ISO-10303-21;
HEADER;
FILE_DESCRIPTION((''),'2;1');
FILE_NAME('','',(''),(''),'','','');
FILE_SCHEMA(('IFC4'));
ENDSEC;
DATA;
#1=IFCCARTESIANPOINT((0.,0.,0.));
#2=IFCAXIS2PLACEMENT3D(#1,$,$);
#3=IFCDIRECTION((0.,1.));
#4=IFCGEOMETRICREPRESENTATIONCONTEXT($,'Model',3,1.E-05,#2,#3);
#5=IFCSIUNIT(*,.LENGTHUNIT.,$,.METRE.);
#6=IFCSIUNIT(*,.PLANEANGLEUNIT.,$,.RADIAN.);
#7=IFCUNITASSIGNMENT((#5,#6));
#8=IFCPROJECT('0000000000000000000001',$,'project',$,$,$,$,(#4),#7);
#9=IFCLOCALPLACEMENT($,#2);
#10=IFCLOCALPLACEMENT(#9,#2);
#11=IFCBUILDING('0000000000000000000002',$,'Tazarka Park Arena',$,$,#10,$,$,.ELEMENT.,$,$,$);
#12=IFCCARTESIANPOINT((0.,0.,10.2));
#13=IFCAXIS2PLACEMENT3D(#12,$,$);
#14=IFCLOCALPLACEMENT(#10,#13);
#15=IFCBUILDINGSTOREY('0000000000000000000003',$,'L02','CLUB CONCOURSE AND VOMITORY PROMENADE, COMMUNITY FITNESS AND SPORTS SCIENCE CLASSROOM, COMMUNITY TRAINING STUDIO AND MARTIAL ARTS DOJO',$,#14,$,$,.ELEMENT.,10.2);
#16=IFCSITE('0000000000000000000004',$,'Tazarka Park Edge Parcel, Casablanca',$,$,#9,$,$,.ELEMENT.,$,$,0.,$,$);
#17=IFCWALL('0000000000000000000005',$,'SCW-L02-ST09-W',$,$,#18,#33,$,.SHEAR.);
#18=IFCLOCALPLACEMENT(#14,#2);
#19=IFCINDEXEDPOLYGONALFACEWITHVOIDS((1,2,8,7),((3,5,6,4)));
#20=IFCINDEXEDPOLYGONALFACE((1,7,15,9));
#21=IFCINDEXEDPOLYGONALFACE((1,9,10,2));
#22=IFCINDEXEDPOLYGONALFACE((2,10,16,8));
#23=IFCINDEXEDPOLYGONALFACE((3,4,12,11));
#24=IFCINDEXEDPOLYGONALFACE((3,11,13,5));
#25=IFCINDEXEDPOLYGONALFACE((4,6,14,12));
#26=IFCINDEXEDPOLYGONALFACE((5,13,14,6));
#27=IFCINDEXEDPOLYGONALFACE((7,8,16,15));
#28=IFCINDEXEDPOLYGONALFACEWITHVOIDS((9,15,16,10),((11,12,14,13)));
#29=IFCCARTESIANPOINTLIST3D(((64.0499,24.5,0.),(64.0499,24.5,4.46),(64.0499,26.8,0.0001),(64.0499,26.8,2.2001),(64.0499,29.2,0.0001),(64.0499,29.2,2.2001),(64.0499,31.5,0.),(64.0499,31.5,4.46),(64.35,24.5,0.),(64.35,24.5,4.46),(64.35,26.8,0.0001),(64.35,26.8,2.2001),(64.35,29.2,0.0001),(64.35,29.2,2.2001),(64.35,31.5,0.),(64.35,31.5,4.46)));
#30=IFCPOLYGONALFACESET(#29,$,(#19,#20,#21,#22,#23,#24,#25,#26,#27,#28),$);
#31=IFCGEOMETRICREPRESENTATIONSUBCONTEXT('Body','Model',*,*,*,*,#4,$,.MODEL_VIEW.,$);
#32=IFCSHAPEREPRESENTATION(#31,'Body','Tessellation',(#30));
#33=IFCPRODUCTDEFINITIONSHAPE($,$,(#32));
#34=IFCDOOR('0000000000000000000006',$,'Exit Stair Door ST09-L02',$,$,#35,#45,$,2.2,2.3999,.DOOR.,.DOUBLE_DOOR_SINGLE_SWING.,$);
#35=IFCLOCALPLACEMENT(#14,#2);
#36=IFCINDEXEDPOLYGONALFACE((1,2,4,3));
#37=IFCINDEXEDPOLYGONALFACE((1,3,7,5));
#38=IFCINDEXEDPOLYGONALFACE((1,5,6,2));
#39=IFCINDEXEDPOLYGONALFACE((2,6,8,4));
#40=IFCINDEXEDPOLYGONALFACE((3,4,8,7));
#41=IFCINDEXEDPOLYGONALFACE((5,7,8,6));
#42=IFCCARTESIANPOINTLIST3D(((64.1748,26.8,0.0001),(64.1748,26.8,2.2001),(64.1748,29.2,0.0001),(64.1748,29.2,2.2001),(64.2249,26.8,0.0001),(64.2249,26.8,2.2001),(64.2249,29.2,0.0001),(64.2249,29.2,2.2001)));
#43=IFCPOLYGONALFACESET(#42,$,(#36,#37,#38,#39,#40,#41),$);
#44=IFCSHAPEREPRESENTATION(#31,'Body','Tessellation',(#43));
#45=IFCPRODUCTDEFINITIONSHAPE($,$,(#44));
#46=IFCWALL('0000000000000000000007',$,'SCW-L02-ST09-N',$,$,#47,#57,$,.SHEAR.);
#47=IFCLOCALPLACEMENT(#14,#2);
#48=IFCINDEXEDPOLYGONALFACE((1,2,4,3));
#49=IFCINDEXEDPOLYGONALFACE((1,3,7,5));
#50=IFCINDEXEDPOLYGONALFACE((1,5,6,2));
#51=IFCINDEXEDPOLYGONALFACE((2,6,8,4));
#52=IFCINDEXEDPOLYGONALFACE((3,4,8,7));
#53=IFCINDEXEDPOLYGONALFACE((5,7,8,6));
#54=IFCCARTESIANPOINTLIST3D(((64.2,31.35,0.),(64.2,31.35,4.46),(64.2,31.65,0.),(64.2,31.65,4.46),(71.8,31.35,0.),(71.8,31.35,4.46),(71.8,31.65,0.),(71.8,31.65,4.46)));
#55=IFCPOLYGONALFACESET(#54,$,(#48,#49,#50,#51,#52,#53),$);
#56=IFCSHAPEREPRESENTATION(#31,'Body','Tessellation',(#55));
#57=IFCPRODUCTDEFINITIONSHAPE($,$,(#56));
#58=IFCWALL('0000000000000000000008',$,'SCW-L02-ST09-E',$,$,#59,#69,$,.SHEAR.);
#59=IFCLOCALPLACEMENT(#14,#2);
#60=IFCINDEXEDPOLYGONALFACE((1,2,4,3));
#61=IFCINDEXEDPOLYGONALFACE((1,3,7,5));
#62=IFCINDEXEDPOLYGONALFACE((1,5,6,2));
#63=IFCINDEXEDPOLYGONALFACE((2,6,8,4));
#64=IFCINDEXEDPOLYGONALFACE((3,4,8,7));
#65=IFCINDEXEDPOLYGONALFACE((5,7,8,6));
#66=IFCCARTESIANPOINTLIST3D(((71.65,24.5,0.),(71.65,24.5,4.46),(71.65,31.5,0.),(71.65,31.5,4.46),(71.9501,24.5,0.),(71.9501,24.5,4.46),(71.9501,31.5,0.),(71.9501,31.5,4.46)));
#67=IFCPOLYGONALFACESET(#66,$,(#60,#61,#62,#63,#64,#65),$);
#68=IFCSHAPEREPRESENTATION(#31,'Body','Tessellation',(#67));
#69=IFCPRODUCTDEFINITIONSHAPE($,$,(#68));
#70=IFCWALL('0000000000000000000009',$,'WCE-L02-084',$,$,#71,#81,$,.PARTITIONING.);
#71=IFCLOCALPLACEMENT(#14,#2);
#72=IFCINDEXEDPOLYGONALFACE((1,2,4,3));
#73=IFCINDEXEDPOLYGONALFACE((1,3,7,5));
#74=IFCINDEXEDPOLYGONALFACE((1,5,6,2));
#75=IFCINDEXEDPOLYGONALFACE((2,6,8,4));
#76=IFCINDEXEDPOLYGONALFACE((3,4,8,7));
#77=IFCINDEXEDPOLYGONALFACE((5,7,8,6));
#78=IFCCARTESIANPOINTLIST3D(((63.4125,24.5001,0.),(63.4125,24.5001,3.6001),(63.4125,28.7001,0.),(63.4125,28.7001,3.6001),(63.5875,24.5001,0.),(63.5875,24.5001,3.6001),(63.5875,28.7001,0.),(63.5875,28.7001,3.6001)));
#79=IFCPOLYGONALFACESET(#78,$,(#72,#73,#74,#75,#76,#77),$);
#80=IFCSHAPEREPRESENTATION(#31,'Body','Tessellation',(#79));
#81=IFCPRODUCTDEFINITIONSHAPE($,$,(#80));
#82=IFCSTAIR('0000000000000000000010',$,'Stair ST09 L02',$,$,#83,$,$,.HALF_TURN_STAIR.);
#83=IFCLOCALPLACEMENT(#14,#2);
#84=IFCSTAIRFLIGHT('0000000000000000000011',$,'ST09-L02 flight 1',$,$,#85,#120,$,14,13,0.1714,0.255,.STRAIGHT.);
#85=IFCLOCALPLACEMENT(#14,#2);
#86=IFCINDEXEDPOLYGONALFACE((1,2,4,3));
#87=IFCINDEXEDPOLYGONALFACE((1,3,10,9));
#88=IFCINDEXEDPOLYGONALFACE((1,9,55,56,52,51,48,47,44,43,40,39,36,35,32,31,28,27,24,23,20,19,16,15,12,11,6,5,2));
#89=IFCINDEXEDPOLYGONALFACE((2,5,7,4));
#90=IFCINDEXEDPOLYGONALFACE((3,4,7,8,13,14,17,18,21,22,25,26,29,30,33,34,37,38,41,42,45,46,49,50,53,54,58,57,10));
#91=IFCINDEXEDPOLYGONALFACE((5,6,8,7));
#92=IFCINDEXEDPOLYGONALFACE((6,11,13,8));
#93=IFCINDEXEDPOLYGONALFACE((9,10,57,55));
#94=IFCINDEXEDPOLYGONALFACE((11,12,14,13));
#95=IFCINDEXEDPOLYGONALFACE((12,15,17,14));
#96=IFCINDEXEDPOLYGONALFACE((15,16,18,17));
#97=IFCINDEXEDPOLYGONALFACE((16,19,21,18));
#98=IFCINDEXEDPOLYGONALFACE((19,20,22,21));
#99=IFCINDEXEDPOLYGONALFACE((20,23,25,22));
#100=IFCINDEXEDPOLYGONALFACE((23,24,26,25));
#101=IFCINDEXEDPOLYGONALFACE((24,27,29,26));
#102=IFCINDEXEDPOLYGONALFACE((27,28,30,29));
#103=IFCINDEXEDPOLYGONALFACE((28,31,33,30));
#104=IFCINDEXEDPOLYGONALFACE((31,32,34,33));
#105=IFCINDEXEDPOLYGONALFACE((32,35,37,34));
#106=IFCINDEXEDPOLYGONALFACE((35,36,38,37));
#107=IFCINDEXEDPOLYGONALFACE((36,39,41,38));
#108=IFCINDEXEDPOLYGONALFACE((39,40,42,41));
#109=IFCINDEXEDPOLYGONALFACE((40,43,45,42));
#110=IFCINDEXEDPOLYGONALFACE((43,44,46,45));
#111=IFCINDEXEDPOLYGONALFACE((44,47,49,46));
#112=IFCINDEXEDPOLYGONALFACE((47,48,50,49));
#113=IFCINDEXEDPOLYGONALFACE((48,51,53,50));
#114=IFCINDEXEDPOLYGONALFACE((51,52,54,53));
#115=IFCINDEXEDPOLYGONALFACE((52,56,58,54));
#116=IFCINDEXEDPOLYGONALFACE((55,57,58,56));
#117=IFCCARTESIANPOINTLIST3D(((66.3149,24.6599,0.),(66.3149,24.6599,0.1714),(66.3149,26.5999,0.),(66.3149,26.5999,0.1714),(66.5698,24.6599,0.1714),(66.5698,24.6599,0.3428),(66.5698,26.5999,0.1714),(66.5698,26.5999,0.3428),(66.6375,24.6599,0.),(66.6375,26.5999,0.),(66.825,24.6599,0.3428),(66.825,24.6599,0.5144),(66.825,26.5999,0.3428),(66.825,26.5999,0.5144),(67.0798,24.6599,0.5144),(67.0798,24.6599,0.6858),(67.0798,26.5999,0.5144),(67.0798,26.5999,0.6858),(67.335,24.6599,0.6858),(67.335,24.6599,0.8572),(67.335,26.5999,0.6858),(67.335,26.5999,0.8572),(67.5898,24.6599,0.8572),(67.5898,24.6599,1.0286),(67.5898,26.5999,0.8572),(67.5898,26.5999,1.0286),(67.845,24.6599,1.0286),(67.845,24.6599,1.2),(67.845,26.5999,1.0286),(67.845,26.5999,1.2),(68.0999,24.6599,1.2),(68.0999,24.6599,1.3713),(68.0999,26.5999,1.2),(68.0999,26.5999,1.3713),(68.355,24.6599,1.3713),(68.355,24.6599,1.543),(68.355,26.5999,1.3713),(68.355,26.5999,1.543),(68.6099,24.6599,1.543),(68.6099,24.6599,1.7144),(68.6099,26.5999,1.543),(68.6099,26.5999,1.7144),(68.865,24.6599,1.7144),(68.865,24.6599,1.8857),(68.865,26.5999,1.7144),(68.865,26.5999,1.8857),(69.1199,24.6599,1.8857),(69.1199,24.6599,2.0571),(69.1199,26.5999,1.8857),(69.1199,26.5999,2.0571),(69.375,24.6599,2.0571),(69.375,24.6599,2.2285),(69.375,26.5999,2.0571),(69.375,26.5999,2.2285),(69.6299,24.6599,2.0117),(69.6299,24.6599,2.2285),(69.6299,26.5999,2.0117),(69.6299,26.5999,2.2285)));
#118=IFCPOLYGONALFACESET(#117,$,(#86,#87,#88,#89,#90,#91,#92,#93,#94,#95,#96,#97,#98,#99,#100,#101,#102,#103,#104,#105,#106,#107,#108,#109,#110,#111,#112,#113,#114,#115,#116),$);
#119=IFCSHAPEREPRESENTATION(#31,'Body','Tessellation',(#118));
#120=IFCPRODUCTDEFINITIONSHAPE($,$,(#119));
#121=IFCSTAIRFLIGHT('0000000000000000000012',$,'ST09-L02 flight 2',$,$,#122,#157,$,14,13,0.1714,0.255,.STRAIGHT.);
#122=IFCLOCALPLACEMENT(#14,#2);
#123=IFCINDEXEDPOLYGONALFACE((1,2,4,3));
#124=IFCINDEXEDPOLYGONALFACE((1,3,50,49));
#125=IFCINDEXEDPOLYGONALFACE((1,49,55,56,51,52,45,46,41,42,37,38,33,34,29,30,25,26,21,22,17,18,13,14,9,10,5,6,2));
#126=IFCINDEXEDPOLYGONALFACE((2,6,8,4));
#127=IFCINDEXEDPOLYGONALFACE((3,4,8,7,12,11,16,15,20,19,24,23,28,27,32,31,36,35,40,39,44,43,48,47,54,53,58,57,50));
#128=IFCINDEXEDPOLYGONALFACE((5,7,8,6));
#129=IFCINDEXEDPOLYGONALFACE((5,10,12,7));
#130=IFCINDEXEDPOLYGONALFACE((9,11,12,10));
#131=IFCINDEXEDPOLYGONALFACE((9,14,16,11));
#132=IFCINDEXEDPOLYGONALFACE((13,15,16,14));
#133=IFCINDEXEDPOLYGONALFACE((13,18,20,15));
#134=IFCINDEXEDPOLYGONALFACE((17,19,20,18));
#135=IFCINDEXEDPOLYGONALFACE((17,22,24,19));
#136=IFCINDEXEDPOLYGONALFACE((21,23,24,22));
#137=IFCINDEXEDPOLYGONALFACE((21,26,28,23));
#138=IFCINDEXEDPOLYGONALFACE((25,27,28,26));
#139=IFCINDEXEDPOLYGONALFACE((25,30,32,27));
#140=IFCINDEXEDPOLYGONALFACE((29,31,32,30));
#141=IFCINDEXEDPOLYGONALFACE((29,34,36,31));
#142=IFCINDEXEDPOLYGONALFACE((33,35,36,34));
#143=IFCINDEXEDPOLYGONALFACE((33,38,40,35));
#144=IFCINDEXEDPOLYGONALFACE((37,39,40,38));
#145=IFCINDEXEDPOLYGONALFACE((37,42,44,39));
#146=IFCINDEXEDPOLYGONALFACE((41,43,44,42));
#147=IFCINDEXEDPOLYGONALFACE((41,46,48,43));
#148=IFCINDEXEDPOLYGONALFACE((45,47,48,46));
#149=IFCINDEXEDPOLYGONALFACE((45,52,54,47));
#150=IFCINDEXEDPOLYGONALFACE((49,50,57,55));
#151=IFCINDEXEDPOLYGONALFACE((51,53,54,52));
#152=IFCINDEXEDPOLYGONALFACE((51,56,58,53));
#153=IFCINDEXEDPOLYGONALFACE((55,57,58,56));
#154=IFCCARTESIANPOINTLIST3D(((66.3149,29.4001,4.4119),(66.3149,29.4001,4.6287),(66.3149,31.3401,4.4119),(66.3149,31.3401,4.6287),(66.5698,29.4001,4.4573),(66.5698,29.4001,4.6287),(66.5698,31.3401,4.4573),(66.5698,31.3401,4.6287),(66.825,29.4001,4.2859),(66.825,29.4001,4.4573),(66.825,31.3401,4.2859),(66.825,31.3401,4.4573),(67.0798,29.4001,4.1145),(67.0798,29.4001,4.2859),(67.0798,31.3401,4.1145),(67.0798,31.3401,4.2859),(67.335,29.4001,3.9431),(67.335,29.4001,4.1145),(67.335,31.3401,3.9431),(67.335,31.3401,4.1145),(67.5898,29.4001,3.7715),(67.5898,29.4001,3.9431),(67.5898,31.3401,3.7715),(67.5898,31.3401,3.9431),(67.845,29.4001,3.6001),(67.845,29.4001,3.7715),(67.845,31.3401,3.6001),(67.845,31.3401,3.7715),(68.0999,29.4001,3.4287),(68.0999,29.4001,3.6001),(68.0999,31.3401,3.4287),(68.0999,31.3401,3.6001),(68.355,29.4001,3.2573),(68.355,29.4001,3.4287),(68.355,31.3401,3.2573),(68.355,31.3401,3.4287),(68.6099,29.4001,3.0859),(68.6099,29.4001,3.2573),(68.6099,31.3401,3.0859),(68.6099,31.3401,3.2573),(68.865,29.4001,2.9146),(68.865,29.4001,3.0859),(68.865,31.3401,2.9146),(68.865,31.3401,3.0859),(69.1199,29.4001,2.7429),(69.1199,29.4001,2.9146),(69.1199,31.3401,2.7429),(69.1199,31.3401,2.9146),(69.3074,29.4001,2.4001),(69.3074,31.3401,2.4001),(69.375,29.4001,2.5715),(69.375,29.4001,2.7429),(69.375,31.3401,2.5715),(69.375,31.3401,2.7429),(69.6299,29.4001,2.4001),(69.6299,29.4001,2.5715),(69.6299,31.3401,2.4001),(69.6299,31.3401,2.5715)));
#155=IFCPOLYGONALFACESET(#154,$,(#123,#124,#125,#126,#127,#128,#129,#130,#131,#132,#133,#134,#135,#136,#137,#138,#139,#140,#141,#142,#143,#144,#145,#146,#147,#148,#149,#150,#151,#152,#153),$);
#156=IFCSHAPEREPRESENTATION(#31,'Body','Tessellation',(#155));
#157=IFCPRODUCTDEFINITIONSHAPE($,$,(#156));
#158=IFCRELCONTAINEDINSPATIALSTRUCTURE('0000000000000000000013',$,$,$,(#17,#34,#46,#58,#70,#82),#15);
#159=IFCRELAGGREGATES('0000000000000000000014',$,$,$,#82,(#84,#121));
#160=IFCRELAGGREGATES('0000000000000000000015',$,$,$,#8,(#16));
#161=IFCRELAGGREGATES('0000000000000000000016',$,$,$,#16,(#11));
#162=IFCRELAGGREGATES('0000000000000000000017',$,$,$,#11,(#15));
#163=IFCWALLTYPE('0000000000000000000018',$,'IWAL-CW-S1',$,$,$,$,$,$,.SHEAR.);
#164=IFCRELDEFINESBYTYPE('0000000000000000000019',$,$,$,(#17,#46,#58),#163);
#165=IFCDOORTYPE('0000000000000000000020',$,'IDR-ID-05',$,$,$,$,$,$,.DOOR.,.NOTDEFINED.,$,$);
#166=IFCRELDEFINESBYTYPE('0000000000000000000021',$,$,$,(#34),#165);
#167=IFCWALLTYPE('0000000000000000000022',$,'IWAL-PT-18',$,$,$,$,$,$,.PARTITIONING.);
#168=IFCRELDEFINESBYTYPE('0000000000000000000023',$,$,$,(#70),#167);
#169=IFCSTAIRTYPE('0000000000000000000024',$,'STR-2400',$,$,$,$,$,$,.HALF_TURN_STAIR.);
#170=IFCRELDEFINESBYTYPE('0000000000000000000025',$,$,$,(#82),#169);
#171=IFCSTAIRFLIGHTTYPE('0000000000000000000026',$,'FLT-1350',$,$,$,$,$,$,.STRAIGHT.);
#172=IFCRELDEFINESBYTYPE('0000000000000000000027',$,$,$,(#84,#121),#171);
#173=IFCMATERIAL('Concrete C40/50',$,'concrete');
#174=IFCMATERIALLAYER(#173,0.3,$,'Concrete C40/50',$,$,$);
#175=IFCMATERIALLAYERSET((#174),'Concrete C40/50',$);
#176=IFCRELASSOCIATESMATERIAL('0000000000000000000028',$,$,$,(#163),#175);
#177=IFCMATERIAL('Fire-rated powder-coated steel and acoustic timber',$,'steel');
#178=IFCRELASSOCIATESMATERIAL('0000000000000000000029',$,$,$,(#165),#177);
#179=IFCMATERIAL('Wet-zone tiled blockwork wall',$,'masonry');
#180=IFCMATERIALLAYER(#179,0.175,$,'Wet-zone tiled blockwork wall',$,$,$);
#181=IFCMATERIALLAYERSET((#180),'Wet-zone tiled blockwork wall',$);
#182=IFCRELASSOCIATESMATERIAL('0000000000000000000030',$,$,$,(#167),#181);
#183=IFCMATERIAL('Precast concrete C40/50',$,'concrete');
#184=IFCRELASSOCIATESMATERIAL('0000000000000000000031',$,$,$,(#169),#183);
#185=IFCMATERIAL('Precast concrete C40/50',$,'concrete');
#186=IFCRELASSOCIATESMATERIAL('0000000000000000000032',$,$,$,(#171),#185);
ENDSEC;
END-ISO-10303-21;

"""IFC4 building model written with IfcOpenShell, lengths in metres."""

from ifc_helpers import new_model, si_unit, direction, frame, frame_2d, origin, place, context, subcontext, project, spatial, polyline, rectangle, outline, extrude, material, layer, layer_set, type_object, element, fill, aggregate, save


model = new_model("IFC4")

# Units and contexts
model_context = context("Model", 3, precision=1e-05, world=origin(), true_north=direction((0.0, 1.0)))
body_context = subcontext(model_context, "Body", "Model", "MODEL_VIEW")
ifc_project = project(units=[si_unit("LENGTHUNIT", "METRE"), si_unit("PLANEANGLEUNIT", "RADIAN")], contexts=[model_context])

# Site, building, storey
site_placement = place(None, origin())
site = spatial("IfcSite", under=ifc_project, at=site_placement, Name="Tazarka Park Edge Parcel, Casablanca", CompositionType="ELEMENT", RefElevation=0.0)
building_placement = place(site_placement, origin())
building = spatial("IfcBuilding", under=site, at=building_placement, Name="Tazarka Park Arena", CompositionType="ELEMENT")
storey_placement = place(building_placement, frame((0.0, 0.0, 10.2)))
storey = spatial("IfcBuildingStorey", under=building, at=storey_placement, Name="L02", Description="CLUB CONCOURSE AND VOMITORY PROMENADE, COMMUNITY FITNESS AND SPORTS SCIENCE CLASSROOM, COMMUNITY TRAINING STUDIO AND MARTIAL ARTS DOJO", CompositionType="ELEMENT", Elevation=10.2)

# Shared definitions
ifc_material_1 = material(Name="Concrete C40/50", Category="concrete")
ifc_layer_1 = layer(ifc_material_1, 0.3, Name="Concrete C40/50")
ifc_layer_set_1 = layer_set([ifc_layer_1], Name="Concrete C40/50")
wall_type_1 = type_object("IfcWallType", Name="IWAL-CW-S1", PredefinedType="SHEAR", material=ifc_layer_set_1)

# Wall, opening, door
wall_1_placement = place(storey_placement, frame((64.2, 24.5, 0.0), z_axis=(0.0, 0.0, 1.0), x_axis=(0.0, 1.0, 0.0)))
wall_1 = element("IfcWall", 1, at=wall_1_placement, inside=storey, type_object=wall_type_1, Name="SCW-L02-ST09-W", PredefinedType="SHEAR", context=body_context, shape_type="SweptSolid", body=[
    extrude(rectangle(XDim=7.0, YDim=0.3, at=frame_2d((3.5, 0.0))), origin(), (0.0, 0.0, 1.0), 4.46),
])
opening_1_placement = place(wall_1_placement, frame((2.3, 0.0, 0.0)))
opening_1 = element("IfcOpeningElement", 2, at=opening_1_placement, cuts=wall_1, PredefinedType="OPENING", context=body_context, shape_type="SweptSolid", body=[
    extrude(rectangle(XDim=2.3999, YDim=2.2, at=frame_2d((1.2, 1.1001))), frame((0.0, 0.1602, 0.0), z_axis=(0.0, -1.0, 0.0), x_axis=(1.0, 0.0, 0.0)), (0.0, 0.0, 1.0), 0.3201),
])
ifc_material_2 = material(Name="Fire-rated powder-coated steel and acoustic timber", Category="steel")
door_type_1 = type_object("IfcDoorType", Name="IDR-ID-05", OperationType="NOTDEFINED", PredefinedType="DOOR", material=ifc_material_2)
door_1_placement = place(opening_1_placement, frame((2.3999, 0.0, 0.0), z_axis=(0.0, 0.0, 1.0), x_axis=(-1.0, 0.0, 0.0)))
door_1 = element("IfcDoor", 3, at=door_1_placement, inside=storey, type_object=door_type_1, Name="Exit Stair Door ST09-L02", OperationType="DOUBLE_DOOR_SINGLE_SWING", OverallHeight=2.2, OverallWidth=2.3999, PredefinedType="DOOR", context=body_context, shape_type="SweptSolid", body=[
    extrude(rectangle(XDim=2.3999, YDim=2.2, at=frame_2d((1.2, 1.1001))), frame((0.0, 0.0249, 0.0), z_axis=(0.0, -1.0, 0.0), x_axis=(1.0, 0.0, 0.0)), (0.0, 0.0, 1.0), 0.05),
])
fill(opening_1, door_1)

# Walls
wall_2_placement = place(storey_placement, frame((64.2, 31.5, 0.0), z_axis=(0.0, 0.0, 1.0), x_axis=(1.0, 0.0, 0.0)))
element("IfcWall", 4, at=wall_2_placement, inside=storey, type_object=wall_type_1, Name="SCW-L02-ST09-N", PredefinedType="SHEAR", context=body_context, shape_type="SweptSolid", body=[
    extrude(rectangle(XDim=7.6001, YDim=0.3, at=frame_2d((3.8, 0.0))), origin(), (0.0, 0.0, 1.0), 4.46),
])
wall_3_placement = place(storey_placement, frame((71.8, 31.5, 0.0), z_axis=(0.0, 0.0, 1.0), x_axis=(0.0, -1.0, 0.0)))
element("IfcWall", 5, at=wall_3_placement, inside=storey, type_object=wall_type_1, Name="SCW-L02-ST09-E", PredefinedType="SHEAR", context=body_context, shape_type="SweptSolid", body=[
    extrude(rectangle(XDim=7.0, YDim=0.3, at=frame_2d((3.5, 0.0))), origin(), (0.0, 0.0, 1.0), 4.46),
])
ifc_material_3 = material(Name="Wet-zone tiled blockwork wall", Category="masonry")
ifc_layer_2 = layer(ifc_material_3, 0.175, Name="Wet-zone tiled blockwork wall")
ifc_layer_set_2 = layer_set([ifc_layer_2], Name="Wet-zone tiled blockwork wall")
wall_type_2 = type_object("IfcWallType", Name="IWAL-PT-18", PredefinedType="PARTITIONING", material=ifc_layer_set_2)
wall_4_placement = place(storey_placement, frame((63.5, 24.5, 0.0), z_axis=(0.0, 0.0, 1.0), x_axis=(0.0, 1.0, 0.0)))
element("IfcWall", 6, at=wall_4_placement, inside=storey, type_object=wall_type_2, Name="WCE-L02-084", PredefinedType="PARTITIONING", context=body_context, shape_type="SweptSolid", body=[
    extrude(rectangle(XDim=4.2, YDim=0.175, at=frame_2d((2.1001, 0.0))), origin(), (0.0, 0.0, 1.0), 3.6001),
])

# Stair, stair flights
ifc_material_4 = material(Name="Precast concrete C40/50", Category="concrete")
stair_type = type_object("IfcStairType", Name="STR-2400", PredefinedType="HALF_TURN_STAIR", material=ifc_material_4)
stair_placement = place(storey_placement, origin())
stair = element("IfcStair", 7, at=stair_placement, inside=storey, type_object=stair_type, Name="Stair ST09 L02", PredefinedType="HALF_TURN_STAIR")
ifc_material_5 = material(Name="Precast concrete C40/50", Category="concrete")
stair_flight_type = type_object("IfcStairFlightType", Name="FLT-1350", PredefinedType="STRAIGHT", material=ifc_material_5)
stair_flight_1_placement = place(storey_placement, frame((66.3149, 25.6299, 0.0), z_axis=(0.0, 0.0, 1.0), x_axis=(1.0, 0.0, 0.0)))
stair_flight_1 = element("IfcStairFlight", 8, at=stair_flight_1_placement, type_object=stair_flight_type, Name="ST09-L02 flight 1", NumberOfRisers=14, NumberOfTreads=13, PredefinedType="STRAIGHT", RiserHeight=0.1714, TreadLength=0.255, context=body_context, shape_type="SweptSolid", body=[
    extrude(outline(polyline([(0.0, 0.0), (0.0, 0.1714), (0.2549, 0.1714), (0.2549, 0.3428), (0.51, 0.3428), (0.51, 0.5144), (0.7649, 0.5144), (0.7649, 0.6858), (1.02, 0.6858), (1.02, 0.8572), (1.2749, 0.8572), (1.2749, 1.0286), (1.53, 1.0286), (1.53, 1.2), (1.7849, 1.2), (1.7849, 1.3713), (2.04, 1.3713), (2.04, 1.543), (2.2949, 1.543), (2.2949, 1.7144), (2.55, 1.7144), (2.55, 1.8857), (2.8049, 1.8857), (2.8049, 2.0571), (3.0601, 2.0571), (3.0601, 2.2285), (3.3149, 2.2285), (3.3149, 2.3999), (3.3149, 2.0117), (0.3225, 0.0), (0.0, 0.0)])), frame((0.0, 0.97, 0.0), z_axis=(0.0, -1.0, 0.0), x_axis=(1.0, 0.0, 0.0)), (0.0, 0.0, 1.0), 1.9399),
])
stair_flight_2_placement = place(storey_placement, frame((69.6299, 30.3701, 2.4001), z_axis=(0.0, 0.0, 1.0), x_axis=(-1.0, 0.0, 0.0)))
stair_flight_2 = element("IfcStairFlight", 9, at=stair_flight_2_placement, type_object=stair_flight_type, Name="ST09-L02 flight 2", NumberOfRisers=14, NumberOfTreads=13, PredefinedType="STRAIGHT", RiserHeight=0.1714, TreadLength=0.255, context=body_context, shape_type="SweptSolid", body=[
    extrude(outline(polyline([(0.0, 0.0), (0.0, 0.1714), (0.2549, 0.1714), (0.2549, 0.3428), (0.51, 0.3428), (0.51, 0.5144), (0.7649, 0.5144), (0.7649, 0.6858), (1.02, 0.6858), (1.02, 0.8572), (1.2749, 0.8572), (1.2749, 1.0286), (1.53, 1.0286), (1.53, 1.2), (1.7849, 1.2), (1.7849, 1.3713), (2.04, 1.3713), (2.04, 1.543), (2.2949, 1.543), (2.2949, 1.7144), (2.55, 1.7144), (2.55, 1.8857), (2.8049, 1.8857), (2.8049, 2.0571), (3.0601, 2.0571), (3.0601, 2.2285), (3.3149, 2.2285), (3.3149, 2.3999), (3.3149, 2.0117), (0.3225, 0.0), (0.0, 0.0)])), frame((0.0, 0.97, 0.0), z_axis=(0.0, -1.0, 0.0), x_axis=(1.0, 0.0, 0.0)), (0.0, 0.0, 1.0), 1.9399),
])
aggregate(stair, [stair_flight_1, stair_flight_2])

save(model, "model.ifc")
